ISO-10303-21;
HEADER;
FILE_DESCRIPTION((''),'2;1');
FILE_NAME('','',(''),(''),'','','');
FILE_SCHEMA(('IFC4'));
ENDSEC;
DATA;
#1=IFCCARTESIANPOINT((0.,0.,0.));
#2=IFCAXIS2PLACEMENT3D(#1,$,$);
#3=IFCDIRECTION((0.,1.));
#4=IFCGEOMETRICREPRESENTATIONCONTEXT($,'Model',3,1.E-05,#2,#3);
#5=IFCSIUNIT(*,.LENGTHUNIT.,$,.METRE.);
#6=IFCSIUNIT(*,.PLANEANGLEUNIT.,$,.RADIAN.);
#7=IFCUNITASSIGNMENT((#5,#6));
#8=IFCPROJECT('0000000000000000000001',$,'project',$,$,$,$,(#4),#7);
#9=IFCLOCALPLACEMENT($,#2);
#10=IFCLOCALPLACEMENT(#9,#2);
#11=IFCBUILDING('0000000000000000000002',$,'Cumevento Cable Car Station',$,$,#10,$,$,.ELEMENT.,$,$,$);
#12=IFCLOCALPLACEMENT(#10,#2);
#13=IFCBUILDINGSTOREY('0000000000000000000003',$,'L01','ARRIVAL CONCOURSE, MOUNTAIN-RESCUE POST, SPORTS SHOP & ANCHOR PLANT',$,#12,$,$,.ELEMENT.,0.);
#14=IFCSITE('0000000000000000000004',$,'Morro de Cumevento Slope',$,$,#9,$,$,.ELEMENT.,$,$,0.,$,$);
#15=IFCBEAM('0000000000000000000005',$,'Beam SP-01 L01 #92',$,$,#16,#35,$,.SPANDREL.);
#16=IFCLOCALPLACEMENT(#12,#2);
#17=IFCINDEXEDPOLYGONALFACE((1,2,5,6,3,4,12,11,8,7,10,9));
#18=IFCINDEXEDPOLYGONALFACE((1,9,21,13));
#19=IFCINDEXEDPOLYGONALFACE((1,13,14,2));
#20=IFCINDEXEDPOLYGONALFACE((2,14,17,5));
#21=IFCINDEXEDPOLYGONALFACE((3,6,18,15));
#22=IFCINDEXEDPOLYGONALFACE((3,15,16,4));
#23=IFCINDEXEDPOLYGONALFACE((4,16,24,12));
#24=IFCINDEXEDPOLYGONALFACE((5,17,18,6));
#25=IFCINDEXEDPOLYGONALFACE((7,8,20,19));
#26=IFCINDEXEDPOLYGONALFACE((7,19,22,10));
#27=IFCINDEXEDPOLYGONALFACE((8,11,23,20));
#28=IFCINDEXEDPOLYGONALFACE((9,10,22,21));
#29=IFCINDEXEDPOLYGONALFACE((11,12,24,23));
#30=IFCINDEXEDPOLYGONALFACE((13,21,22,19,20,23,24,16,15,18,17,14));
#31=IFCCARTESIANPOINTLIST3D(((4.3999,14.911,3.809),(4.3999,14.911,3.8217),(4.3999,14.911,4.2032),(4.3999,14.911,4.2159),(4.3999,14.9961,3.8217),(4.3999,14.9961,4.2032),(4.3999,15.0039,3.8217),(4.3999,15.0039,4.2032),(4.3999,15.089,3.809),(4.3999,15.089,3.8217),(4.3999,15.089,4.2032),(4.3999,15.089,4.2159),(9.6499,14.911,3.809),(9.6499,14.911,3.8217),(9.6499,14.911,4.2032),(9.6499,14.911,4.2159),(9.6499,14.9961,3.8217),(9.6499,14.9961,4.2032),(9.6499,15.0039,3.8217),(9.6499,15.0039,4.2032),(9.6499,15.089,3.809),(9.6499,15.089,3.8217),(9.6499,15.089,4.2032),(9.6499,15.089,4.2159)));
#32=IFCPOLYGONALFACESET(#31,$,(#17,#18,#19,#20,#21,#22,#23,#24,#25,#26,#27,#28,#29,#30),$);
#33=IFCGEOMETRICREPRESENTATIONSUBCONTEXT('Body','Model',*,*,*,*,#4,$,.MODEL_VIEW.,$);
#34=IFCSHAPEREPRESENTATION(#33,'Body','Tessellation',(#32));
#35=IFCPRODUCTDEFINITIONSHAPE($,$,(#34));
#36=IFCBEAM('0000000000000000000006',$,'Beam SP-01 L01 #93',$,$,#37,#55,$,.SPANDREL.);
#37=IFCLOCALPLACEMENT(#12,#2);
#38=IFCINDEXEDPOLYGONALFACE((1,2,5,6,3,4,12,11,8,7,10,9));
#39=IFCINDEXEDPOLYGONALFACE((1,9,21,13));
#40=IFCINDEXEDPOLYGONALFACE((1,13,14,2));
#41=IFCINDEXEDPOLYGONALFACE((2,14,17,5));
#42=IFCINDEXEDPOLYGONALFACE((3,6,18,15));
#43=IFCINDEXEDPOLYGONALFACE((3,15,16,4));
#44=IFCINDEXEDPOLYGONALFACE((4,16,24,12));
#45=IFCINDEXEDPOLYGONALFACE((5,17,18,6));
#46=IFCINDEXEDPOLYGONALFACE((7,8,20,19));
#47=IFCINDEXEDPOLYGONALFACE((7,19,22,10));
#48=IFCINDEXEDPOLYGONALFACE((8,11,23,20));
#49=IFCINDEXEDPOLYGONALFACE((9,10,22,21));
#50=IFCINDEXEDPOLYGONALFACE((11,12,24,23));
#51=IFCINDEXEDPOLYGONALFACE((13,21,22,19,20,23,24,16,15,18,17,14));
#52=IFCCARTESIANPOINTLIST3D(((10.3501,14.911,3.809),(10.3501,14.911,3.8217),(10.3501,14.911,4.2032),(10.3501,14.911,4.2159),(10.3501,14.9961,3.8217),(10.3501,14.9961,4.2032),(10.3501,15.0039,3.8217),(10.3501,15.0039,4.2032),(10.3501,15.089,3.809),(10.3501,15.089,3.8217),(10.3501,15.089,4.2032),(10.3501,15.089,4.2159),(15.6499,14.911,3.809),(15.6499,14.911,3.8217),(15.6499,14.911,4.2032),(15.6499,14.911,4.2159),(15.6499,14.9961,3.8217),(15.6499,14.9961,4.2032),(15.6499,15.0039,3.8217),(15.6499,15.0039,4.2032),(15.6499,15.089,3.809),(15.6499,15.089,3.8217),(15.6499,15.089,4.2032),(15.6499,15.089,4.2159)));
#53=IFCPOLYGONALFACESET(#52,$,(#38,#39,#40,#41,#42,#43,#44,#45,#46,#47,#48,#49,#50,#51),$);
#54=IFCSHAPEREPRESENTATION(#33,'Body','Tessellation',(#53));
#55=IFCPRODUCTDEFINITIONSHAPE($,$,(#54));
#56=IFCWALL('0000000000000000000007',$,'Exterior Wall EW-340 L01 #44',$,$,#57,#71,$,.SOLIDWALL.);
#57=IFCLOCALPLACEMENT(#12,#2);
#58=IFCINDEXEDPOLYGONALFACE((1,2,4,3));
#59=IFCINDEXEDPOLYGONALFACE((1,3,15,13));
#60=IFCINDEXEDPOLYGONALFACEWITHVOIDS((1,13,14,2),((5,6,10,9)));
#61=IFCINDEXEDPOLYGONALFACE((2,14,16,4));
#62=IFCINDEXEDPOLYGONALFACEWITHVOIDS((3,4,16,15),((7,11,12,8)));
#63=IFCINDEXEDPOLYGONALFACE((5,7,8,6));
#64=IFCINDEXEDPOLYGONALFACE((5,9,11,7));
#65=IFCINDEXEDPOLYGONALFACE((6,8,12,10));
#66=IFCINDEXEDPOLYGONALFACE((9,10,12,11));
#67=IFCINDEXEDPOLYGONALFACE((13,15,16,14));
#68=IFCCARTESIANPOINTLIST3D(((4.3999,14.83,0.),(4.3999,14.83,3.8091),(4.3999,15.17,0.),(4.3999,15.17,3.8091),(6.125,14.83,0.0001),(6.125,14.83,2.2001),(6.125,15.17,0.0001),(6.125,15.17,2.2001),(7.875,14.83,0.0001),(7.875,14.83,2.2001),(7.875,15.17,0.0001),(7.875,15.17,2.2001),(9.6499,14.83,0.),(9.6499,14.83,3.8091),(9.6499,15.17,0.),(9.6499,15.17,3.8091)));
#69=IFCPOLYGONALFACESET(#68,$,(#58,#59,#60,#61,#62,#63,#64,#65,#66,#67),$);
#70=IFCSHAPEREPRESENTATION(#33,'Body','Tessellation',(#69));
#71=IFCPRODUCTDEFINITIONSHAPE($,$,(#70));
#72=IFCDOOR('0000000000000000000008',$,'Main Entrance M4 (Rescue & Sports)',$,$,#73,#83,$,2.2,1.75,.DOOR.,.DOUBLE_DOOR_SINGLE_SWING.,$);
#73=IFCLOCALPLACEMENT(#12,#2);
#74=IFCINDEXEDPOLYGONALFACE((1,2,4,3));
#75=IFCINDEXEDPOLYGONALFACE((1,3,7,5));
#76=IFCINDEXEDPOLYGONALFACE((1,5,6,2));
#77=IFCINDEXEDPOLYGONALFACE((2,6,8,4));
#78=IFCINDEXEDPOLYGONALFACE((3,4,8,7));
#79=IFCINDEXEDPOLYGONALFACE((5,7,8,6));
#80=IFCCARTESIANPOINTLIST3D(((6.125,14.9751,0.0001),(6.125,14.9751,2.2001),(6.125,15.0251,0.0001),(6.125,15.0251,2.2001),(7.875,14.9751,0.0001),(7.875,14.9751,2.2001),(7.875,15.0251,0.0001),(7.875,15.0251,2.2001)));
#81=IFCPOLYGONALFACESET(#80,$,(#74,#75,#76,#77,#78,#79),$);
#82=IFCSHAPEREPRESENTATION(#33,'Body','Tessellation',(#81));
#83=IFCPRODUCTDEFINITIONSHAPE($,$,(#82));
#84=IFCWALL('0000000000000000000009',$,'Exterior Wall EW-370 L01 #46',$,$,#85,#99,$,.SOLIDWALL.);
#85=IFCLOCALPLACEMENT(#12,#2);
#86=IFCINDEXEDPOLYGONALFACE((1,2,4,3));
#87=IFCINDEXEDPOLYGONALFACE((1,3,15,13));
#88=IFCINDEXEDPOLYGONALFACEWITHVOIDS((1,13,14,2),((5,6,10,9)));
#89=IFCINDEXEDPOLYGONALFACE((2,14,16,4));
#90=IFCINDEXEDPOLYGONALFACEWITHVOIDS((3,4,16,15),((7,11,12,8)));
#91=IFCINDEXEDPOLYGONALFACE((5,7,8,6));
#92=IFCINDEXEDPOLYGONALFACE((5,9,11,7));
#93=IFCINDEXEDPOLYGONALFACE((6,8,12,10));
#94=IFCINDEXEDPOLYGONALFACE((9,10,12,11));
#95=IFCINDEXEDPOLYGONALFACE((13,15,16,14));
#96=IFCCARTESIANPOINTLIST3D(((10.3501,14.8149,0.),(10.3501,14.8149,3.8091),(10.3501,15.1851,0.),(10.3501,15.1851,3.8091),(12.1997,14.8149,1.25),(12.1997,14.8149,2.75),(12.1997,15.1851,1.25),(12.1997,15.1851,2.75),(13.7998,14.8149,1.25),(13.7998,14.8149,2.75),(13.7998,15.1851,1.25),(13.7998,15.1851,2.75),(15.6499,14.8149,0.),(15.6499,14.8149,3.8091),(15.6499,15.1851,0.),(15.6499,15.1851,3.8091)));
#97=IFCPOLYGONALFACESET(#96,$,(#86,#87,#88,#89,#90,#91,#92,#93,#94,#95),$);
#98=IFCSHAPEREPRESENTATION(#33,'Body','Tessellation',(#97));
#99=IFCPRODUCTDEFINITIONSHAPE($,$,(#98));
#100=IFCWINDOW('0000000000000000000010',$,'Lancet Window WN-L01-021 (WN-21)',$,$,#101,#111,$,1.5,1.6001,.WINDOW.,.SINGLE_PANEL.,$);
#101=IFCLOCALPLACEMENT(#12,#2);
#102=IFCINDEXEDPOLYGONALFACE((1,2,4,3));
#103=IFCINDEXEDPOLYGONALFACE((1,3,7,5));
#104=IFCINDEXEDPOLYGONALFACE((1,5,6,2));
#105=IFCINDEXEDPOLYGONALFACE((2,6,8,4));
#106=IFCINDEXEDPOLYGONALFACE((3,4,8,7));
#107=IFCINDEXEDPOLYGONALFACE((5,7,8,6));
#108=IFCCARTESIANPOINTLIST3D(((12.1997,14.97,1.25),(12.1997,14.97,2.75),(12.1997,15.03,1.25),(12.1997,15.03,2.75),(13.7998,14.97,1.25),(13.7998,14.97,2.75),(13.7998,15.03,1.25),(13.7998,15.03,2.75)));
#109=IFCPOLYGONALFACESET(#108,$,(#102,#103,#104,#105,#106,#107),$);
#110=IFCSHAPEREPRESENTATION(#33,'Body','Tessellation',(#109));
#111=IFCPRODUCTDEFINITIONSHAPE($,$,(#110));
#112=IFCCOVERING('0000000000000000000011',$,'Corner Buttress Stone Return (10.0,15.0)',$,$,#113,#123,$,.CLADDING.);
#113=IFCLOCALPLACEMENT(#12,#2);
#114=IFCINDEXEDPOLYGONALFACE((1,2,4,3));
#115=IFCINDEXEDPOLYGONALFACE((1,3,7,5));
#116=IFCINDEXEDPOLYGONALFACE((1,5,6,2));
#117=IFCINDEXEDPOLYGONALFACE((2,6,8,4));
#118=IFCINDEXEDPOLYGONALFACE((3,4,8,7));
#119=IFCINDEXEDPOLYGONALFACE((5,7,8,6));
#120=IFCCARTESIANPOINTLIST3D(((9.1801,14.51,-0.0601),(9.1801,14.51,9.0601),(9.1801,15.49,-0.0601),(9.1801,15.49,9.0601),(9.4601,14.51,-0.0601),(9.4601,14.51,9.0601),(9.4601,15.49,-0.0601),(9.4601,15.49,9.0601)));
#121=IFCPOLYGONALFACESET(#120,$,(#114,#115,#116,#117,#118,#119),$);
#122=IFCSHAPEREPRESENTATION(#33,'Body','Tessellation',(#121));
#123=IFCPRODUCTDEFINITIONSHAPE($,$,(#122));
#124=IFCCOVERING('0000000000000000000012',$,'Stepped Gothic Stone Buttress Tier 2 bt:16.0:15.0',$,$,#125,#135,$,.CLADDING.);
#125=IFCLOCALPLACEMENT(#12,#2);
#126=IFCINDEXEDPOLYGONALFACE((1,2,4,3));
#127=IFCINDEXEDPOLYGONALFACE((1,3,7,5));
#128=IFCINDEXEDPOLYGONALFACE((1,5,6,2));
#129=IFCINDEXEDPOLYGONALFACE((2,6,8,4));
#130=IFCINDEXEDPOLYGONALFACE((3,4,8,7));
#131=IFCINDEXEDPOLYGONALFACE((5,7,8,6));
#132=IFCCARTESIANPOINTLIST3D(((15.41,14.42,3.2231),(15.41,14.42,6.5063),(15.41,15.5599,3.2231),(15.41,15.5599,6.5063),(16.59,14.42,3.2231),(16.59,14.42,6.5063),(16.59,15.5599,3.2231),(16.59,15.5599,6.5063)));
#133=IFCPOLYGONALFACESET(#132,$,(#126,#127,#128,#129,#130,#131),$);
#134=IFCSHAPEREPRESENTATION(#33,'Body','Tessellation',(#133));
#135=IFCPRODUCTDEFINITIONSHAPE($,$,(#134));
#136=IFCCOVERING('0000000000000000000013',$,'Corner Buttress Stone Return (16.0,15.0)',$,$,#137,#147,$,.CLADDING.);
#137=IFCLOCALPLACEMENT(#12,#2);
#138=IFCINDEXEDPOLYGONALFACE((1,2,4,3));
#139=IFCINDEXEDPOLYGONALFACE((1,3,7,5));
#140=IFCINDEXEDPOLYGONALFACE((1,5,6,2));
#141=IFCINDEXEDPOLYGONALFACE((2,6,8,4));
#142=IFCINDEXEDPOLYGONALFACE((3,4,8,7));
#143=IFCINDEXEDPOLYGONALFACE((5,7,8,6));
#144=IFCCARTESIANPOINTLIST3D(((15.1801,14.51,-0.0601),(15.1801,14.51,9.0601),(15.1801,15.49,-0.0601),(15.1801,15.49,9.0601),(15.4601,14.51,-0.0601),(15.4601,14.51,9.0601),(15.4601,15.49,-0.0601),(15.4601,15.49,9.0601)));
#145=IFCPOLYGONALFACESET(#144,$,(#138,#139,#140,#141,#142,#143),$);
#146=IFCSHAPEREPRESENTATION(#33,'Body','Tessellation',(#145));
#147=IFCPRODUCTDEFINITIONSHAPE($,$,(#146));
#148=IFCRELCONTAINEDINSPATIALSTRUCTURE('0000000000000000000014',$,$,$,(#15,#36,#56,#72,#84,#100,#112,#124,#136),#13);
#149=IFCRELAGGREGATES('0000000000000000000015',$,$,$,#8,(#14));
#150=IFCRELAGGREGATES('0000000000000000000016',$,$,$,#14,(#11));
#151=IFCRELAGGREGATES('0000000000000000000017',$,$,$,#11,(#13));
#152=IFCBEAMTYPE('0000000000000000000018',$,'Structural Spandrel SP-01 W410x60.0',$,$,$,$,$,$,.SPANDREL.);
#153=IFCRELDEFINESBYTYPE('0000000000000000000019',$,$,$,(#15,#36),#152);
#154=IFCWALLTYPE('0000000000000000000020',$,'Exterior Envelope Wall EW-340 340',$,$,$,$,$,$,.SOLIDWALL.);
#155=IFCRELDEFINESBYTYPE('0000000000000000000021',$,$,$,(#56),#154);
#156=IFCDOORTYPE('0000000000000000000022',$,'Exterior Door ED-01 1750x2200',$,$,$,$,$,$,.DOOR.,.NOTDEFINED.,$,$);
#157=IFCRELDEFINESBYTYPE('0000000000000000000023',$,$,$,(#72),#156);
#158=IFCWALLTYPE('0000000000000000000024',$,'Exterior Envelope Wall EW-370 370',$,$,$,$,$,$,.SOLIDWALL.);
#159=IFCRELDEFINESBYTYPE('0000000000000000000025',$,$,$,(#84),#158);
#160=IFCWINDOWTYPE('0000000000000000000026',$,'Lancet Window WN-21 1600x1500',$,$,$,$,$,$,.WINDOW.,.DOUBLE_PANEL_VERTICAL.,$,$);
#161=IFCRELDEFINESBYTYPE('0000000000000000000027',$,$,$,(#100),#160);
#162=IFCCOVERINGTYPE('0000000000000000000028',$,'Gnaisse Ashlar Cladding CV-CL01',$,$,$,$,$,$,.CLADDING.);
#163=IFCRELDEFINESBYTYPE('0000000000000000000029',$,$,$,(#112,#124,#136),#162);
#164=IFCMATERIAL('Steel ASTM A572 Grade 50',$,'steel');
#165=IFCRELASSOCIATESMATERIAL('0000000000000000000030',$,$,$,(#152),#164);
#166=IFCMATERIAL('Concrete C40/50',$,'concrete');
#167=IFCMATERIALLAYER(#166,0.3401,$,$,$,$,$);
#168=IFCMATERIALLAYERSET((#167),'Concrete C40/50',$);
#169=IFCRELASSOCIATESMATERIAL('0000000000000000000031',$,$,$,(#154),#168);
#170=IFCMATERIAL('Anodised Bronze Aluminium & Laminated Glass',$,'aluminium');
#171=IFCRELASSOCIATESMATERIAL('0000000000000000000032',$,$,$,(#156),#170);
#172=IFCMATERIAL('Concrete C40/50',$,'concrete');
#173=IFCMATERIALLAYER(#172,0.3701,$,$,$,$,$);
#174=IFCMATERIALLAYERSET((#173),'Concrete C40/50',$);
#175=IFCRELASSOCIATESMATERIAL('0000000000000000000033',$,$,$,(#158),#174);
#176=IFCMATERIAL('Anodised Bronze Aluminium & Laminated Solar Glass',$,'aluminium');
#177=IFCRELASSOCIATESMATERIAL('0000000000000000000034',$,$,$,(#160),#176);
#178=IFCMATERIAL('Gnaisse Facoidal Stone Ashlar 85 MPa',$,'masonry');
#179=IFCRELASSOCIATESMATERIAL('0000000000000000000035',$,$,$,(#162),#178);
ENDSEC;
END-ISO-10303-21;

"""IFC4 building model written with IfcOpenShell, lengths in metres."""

from ifc_helpers import new_model, si_unit, direction, frame, frame_2d, origin, origin_2d, place, context, subcontext, project, spatial, rectangle, i_section, extrude, material, layer, layer_set, material_profile, profile_set, type_object, element, fill, save


model = new_model("IFC4")

# Units and contexts
model_context = context("Model", 3, precision=1e-05, world=origin(), true_north=direction((0.0, 1.0)))
body_context = subcontext(model_context, "Body", "Model", "MODEL_VIEW")
ifc_project = project(units=[si_unit("LENGTHUNIT", "METRE"), si_unit("PLANEANGLEUNIT", "RADIAN")], contexts=[model_context])

# Site, building, storey
site_placement = place(None, origin())
site = spatial("IfcSite", under=ifc_project, at=site_placement, Name="Morro de Cumevento Slope", CompositionType="ELEMENT", RefElevation=0.0)
building_placement = place(site_placement, origin())
building = spatial("IfcBuilding", under=site, at=building_placement, Name="Cumevento Cable Car Station", CompositionType="ELEMENT")
storey_placement = place(building_placement, origin())
storey = spatial("IfcBuildingStorey", under=building, at=storey_placement, Name="L01", Description="ARRIVAL CONCOURSE, MOUNTAIN-RESCUE POST, SPORTS SHOP & ANCHOR PLANT", CompositionType="ELEMENT", Elevation=0.0)

# Beams
ifc_material_1 = material(Name="Steel ASTM A572 Grade 50", Category="steel")
ifc_material_profile_1 = material_profile(ifc_material_1, i_section(OverallWidth=0.178, OverallDepth=0.407, WebThickness=0.0078, FlangeThickness=0.0127, at=origin_2d()), Name="W410x60.0")
ifc_profile_set_1 = profile_set([ifc_material_profile_1], Name="Steel ASTM A572 Grade 50")
beam_type = type_object("IfcBeamType", Name="Structural Spandrel SP-01 W410x60.0", PredefinedType="SPANDREL", material=ifc_profile_set_1)
beam_1_placement = place(storey_placement, frame((4.3999, 15.0, 4.0125), z_axis=(1.0, 0.0, 0.0), x_axis=(0.0, 1.0, 0.0)))
element("IfcBeam", 1, at=beam_1_placement, inside=storey, type_object=beam_type, Name="Beam SP-01 L01 #92", PredefinedType="SPANDREL", context=body_context, shape_type="SweptSolid", body=[
    extrude(i_section(OverallWidth=0.178, OverallDepth=0.407, WebThickness=0.0078, FlangeThickness=0.0127, at=origin_2d()), origin(), (0.0, 0.0, 1.0), 5.25),
])
beam_2_placement = place(storey_placement, frame((10.3501, 15.0, 4.0125), z_axis=(1.0, 0.0, 0.0), x_axis=(0.0, 1.0, 0.0)))
element("IfcBeam", 2, at=beam_2_placement, inside=storey, type_object=beam_type, Name="Beam SP-01 L01 #93", PredefinedType="SPANDREL", context=body_context, shape_type="SweptSolid", body=[
    extrude(i_section(OverallWidth=0.178, OverallDepth=0.407, WebThickness=0.0078, FlangeThickness=0.0127, at=origin_2d()), origin(), (0.0, 0.0, 1.0), 5.2998),
])

# Wall, opening, door
ifc_material_2 = material(Name="Concrete C40/50", Category="concrete")
ifc_layer_1 = layer(ifc_material_2, 0.3401)
ifc_layer_set_1 = layer_set([ifc_layer_1], Name="Concrete C40/50")
wall_type_1 = type_object("IfcWallType", Name="Exterior Envelope Wall EW-340 340", PredefinedType="SOLIDWALL", material=ifc_layer_set_1)
wall_1_placement = place(storey_placement, frame((9.6499, 15.0, 0.0), z_axis=(0.0, 0.0, 1.0), x_axis=(-1.0, 0.0, 0.0)))
wall_1 = element("IfcWall", 3, at=wall_1_placement, inside=storey, type_object=wall_type_1, Name="Exterior Wall EW-340 L01 #44", PredefinedType="SOLIDWALL", context=body_context, shape_type="SweptSolid", body=[
    extrude(rectangle(XDim=5.25, YDim=0.3401, at=frame_2d((2.625, 0.0))), origin(), (0.0, 0.0, 1.0), 3.8091),
])
opening_1_placement = place(wall_1_placement, frame((1.7749, 0.0, 0.0)))
opening_1 = element("IfcOpeningElement", 4, at=opening_1_placement, cuts=wall_1, PredefinedType="OPENING", context=body_context, shape_type="SweptSolid", body=[
    extrude(rectangle(XDim=1.75, YDim=2.2, at=frame_2d((0.875, 1.1001))), frame((0.0, 0.1799, 0.0), z_axis=(0.0, -1.0, 0.0), x_axis=(1.0, 0.0, 0.0)), (0.0, 0.0, 1.0), 0.3601),
])
ifc_material_3 = material(Name="Anodised Bronze Aluminium & Laminated Glass", Category="aluminium")
door_type = type_object("IfcDoorType", Name="Exterior Door ED-01 1750x2200", OperationType="NOTDEFINED", PredefinedType="DOOR", material=ifc_material_3)
door_placement = place(opening_1_placement, origin())
door = element("IfcDoor", 5, at=door_placement, inside=storey, type_object=door_type, Name="Main Entrance M4 (Rescue & Sports)", OperationType="DOUBLE_DOOR_SINGLE_SWING", OverallHeight=2.2, OverallWidth=1.75, PredefinedType="DOOR", context=body_context, shape_type="SweptSolid", body=[
    extrude(rectangle(XDim=1.75, YDim=2.2, at=frame_2d((0.875, 1.1001))), frame((0.0, 0.0249, 0.0), z_axis=(0.0, -1.0, 0.0), x_axis=(1.0, 0.0, 0.0)), (0.0, 0.0, 1.0), 0.05),
])
fill(opening_1, door)

# Wall, opening, window
ifc_material_4 = material(Name="Concrete C40/50", Category="concrete")
ifc_layer_2 = layer(ifc_material_4, 0.3701)
ifc_layer_set_2 = layer_set([ifc_layer_2], Name="Concrete C40/50")
wall_type_2 = type_object("IfcWallType", Name="Exterior Envelope Wall EW-370 370", PredefinedType="SOLIDWALL", material=ifc_layer_set_2)
wall_2_placement = place(storey_placement, frame((15.6499, 15.0, 0.0), z_axis=(0.0, 0.0, 1.0), x_axis=(-1.0, 0.0, 0.0)))
wall_2 = element("IfcWall", 6, at=wall_2_placement, inside=storey, type_object=wall_type_2, Name="Exterior Wall EW-370 L01 #46", PredefinedType="SOLIDWALL", context=body_context, shape_type="SweptSolid", body=[
    extrude(rectangle(XDim=5.2998, YDim=0.3701, at=frame_2d((2.6499, 0.0))), origin(), (0.0, 0.0, 1.0), 3.8091),
])
opening_2_placement = place(wall_2_placement, frame((1.8501, 0.0, 1.25)))
opening_2 = element("IfcOpeningElement", 7, at=opening_2_placement, cuts=wall_2, PredefinedType="OPENING", context=body_context, shape_type="SweptSolid", body=[
    extrude(rectangle(XDim=1.6001, YDim=1.5, at=frame_2d((0.8, 0.75))), frame((0.0, 0.1951, 0.0), z_axis=(0.0, -1.0, 0.0), x_axis=(1.0, 0.0, 0.0)), (0.0, 0.0, 1.0), 0.3901),
])
ifc_material_5 = material(Name="Anodised Bronze Aluminium & Laminated Solar Glass", Category="aluminium")
window_type = type_object("IfcWindowType", Name="Lancet Window WN-21 1600x1500", PartitioningType="DOUBLE_PANEL_VERTICAL", PredefinedType="WINDOW", material=ifc_material_5)
window_placement = place(opening_2_placement, origin())
window = element("IfcWindow", 8, at=window_placement, inside=storey, type_object=window_type, Name="Lancet Window WN-L01-021 (WN-21)", OverallHeight=1.5, OverallWidth=1.6001, PartitioningType="SINGLE_PANEL", PredefinedType="WINDOW", context=body_context, shape_type="SweptSolid", body=[
    extrude(rectangle(XDim=1.6001, YDim=1.5, at=frame_2d((0.8, 0.75))), frame((0.0, 0.03, 0.0), z_axis=(0.0, -1.0, 0.0), x_axis=(1.0, 0.0, 0.0)), (0.0, 0.0, 1.0), 0.0601),
])
fill(opening_2, window)

# Coverings
ifc_material_6 = material(Name="Gnaisse Facoidal Stone Ashlar 85 MPa", Category="masonry")
covering_type = type_object("IfcCoveringType", Name="Gnaisse Ashlar Cladding CV-CL01", PredefinedType="CLADDING", material=ifc_material_6)
covering_1_placement = place(storey_placement, frame((9.3201, 15.0, -0.0601), z_axis=(0.0, 0.0, 1.0), x_axis=(1.0, 0.0, 0.0)))
element("IfcCovering", 9, at=covering_1_placement, inside=storey, type_object=covering_type, Name="Corner Buttress Stone Return (10.0,15.0)", PredefinedType="CLADDING", context=body_context, shape_type="SweptSolid", body=[
    extrude(rectangle(XDim=0.28, YDim=0.98, at=origin_2d()), origin(), (0.0, 0.0, 1.0), 9.1201),
])
covering_2_placement = place(storey_placement, frame((16.0, 14.99, 3.2231), z_axis=(0.0, 0.0, 1.0), x_axis=(1.0, 0.0, 0.0)))
element("IfcCovering", 10, at=covering_2_placement, inside=storey, type_object=covering_type, Name="Stepped Gothic Stone Buttress Tier 2 bt:16.0:15.0", PredefinedType="CLADDING", context=body_context, shape_type="SweptSolid", body=[
    extrude(rectangle(XDim=1.1799, YDim=1.1399, at=origin_2d()), origin(), (0.0, 0.0, 1.0), 3.2832),
])
covering_3_placement = place(storey_placement, frame((15.3201, 15.0, -0.0601), z_axis=(0.0, 0.0, 1.0), x_axis=(1.0, 0.0, 0.0)))
element("IfcCovering", 11, at=covering_3_placement, inside=storey, type_object=covering_type, Name="Corner Buttress Stone Return (16.0,15.0)", PredefinedType="CLADDING", context=body_context, shape_type="SweptSolid", body=[
    extrude(rectangle(XDim=0.28, YDim=0.98, at=origin_2d()), origin(), (0.0, 0.0, 1.0), 9.1201),
])

save(model, "model.ifc")
